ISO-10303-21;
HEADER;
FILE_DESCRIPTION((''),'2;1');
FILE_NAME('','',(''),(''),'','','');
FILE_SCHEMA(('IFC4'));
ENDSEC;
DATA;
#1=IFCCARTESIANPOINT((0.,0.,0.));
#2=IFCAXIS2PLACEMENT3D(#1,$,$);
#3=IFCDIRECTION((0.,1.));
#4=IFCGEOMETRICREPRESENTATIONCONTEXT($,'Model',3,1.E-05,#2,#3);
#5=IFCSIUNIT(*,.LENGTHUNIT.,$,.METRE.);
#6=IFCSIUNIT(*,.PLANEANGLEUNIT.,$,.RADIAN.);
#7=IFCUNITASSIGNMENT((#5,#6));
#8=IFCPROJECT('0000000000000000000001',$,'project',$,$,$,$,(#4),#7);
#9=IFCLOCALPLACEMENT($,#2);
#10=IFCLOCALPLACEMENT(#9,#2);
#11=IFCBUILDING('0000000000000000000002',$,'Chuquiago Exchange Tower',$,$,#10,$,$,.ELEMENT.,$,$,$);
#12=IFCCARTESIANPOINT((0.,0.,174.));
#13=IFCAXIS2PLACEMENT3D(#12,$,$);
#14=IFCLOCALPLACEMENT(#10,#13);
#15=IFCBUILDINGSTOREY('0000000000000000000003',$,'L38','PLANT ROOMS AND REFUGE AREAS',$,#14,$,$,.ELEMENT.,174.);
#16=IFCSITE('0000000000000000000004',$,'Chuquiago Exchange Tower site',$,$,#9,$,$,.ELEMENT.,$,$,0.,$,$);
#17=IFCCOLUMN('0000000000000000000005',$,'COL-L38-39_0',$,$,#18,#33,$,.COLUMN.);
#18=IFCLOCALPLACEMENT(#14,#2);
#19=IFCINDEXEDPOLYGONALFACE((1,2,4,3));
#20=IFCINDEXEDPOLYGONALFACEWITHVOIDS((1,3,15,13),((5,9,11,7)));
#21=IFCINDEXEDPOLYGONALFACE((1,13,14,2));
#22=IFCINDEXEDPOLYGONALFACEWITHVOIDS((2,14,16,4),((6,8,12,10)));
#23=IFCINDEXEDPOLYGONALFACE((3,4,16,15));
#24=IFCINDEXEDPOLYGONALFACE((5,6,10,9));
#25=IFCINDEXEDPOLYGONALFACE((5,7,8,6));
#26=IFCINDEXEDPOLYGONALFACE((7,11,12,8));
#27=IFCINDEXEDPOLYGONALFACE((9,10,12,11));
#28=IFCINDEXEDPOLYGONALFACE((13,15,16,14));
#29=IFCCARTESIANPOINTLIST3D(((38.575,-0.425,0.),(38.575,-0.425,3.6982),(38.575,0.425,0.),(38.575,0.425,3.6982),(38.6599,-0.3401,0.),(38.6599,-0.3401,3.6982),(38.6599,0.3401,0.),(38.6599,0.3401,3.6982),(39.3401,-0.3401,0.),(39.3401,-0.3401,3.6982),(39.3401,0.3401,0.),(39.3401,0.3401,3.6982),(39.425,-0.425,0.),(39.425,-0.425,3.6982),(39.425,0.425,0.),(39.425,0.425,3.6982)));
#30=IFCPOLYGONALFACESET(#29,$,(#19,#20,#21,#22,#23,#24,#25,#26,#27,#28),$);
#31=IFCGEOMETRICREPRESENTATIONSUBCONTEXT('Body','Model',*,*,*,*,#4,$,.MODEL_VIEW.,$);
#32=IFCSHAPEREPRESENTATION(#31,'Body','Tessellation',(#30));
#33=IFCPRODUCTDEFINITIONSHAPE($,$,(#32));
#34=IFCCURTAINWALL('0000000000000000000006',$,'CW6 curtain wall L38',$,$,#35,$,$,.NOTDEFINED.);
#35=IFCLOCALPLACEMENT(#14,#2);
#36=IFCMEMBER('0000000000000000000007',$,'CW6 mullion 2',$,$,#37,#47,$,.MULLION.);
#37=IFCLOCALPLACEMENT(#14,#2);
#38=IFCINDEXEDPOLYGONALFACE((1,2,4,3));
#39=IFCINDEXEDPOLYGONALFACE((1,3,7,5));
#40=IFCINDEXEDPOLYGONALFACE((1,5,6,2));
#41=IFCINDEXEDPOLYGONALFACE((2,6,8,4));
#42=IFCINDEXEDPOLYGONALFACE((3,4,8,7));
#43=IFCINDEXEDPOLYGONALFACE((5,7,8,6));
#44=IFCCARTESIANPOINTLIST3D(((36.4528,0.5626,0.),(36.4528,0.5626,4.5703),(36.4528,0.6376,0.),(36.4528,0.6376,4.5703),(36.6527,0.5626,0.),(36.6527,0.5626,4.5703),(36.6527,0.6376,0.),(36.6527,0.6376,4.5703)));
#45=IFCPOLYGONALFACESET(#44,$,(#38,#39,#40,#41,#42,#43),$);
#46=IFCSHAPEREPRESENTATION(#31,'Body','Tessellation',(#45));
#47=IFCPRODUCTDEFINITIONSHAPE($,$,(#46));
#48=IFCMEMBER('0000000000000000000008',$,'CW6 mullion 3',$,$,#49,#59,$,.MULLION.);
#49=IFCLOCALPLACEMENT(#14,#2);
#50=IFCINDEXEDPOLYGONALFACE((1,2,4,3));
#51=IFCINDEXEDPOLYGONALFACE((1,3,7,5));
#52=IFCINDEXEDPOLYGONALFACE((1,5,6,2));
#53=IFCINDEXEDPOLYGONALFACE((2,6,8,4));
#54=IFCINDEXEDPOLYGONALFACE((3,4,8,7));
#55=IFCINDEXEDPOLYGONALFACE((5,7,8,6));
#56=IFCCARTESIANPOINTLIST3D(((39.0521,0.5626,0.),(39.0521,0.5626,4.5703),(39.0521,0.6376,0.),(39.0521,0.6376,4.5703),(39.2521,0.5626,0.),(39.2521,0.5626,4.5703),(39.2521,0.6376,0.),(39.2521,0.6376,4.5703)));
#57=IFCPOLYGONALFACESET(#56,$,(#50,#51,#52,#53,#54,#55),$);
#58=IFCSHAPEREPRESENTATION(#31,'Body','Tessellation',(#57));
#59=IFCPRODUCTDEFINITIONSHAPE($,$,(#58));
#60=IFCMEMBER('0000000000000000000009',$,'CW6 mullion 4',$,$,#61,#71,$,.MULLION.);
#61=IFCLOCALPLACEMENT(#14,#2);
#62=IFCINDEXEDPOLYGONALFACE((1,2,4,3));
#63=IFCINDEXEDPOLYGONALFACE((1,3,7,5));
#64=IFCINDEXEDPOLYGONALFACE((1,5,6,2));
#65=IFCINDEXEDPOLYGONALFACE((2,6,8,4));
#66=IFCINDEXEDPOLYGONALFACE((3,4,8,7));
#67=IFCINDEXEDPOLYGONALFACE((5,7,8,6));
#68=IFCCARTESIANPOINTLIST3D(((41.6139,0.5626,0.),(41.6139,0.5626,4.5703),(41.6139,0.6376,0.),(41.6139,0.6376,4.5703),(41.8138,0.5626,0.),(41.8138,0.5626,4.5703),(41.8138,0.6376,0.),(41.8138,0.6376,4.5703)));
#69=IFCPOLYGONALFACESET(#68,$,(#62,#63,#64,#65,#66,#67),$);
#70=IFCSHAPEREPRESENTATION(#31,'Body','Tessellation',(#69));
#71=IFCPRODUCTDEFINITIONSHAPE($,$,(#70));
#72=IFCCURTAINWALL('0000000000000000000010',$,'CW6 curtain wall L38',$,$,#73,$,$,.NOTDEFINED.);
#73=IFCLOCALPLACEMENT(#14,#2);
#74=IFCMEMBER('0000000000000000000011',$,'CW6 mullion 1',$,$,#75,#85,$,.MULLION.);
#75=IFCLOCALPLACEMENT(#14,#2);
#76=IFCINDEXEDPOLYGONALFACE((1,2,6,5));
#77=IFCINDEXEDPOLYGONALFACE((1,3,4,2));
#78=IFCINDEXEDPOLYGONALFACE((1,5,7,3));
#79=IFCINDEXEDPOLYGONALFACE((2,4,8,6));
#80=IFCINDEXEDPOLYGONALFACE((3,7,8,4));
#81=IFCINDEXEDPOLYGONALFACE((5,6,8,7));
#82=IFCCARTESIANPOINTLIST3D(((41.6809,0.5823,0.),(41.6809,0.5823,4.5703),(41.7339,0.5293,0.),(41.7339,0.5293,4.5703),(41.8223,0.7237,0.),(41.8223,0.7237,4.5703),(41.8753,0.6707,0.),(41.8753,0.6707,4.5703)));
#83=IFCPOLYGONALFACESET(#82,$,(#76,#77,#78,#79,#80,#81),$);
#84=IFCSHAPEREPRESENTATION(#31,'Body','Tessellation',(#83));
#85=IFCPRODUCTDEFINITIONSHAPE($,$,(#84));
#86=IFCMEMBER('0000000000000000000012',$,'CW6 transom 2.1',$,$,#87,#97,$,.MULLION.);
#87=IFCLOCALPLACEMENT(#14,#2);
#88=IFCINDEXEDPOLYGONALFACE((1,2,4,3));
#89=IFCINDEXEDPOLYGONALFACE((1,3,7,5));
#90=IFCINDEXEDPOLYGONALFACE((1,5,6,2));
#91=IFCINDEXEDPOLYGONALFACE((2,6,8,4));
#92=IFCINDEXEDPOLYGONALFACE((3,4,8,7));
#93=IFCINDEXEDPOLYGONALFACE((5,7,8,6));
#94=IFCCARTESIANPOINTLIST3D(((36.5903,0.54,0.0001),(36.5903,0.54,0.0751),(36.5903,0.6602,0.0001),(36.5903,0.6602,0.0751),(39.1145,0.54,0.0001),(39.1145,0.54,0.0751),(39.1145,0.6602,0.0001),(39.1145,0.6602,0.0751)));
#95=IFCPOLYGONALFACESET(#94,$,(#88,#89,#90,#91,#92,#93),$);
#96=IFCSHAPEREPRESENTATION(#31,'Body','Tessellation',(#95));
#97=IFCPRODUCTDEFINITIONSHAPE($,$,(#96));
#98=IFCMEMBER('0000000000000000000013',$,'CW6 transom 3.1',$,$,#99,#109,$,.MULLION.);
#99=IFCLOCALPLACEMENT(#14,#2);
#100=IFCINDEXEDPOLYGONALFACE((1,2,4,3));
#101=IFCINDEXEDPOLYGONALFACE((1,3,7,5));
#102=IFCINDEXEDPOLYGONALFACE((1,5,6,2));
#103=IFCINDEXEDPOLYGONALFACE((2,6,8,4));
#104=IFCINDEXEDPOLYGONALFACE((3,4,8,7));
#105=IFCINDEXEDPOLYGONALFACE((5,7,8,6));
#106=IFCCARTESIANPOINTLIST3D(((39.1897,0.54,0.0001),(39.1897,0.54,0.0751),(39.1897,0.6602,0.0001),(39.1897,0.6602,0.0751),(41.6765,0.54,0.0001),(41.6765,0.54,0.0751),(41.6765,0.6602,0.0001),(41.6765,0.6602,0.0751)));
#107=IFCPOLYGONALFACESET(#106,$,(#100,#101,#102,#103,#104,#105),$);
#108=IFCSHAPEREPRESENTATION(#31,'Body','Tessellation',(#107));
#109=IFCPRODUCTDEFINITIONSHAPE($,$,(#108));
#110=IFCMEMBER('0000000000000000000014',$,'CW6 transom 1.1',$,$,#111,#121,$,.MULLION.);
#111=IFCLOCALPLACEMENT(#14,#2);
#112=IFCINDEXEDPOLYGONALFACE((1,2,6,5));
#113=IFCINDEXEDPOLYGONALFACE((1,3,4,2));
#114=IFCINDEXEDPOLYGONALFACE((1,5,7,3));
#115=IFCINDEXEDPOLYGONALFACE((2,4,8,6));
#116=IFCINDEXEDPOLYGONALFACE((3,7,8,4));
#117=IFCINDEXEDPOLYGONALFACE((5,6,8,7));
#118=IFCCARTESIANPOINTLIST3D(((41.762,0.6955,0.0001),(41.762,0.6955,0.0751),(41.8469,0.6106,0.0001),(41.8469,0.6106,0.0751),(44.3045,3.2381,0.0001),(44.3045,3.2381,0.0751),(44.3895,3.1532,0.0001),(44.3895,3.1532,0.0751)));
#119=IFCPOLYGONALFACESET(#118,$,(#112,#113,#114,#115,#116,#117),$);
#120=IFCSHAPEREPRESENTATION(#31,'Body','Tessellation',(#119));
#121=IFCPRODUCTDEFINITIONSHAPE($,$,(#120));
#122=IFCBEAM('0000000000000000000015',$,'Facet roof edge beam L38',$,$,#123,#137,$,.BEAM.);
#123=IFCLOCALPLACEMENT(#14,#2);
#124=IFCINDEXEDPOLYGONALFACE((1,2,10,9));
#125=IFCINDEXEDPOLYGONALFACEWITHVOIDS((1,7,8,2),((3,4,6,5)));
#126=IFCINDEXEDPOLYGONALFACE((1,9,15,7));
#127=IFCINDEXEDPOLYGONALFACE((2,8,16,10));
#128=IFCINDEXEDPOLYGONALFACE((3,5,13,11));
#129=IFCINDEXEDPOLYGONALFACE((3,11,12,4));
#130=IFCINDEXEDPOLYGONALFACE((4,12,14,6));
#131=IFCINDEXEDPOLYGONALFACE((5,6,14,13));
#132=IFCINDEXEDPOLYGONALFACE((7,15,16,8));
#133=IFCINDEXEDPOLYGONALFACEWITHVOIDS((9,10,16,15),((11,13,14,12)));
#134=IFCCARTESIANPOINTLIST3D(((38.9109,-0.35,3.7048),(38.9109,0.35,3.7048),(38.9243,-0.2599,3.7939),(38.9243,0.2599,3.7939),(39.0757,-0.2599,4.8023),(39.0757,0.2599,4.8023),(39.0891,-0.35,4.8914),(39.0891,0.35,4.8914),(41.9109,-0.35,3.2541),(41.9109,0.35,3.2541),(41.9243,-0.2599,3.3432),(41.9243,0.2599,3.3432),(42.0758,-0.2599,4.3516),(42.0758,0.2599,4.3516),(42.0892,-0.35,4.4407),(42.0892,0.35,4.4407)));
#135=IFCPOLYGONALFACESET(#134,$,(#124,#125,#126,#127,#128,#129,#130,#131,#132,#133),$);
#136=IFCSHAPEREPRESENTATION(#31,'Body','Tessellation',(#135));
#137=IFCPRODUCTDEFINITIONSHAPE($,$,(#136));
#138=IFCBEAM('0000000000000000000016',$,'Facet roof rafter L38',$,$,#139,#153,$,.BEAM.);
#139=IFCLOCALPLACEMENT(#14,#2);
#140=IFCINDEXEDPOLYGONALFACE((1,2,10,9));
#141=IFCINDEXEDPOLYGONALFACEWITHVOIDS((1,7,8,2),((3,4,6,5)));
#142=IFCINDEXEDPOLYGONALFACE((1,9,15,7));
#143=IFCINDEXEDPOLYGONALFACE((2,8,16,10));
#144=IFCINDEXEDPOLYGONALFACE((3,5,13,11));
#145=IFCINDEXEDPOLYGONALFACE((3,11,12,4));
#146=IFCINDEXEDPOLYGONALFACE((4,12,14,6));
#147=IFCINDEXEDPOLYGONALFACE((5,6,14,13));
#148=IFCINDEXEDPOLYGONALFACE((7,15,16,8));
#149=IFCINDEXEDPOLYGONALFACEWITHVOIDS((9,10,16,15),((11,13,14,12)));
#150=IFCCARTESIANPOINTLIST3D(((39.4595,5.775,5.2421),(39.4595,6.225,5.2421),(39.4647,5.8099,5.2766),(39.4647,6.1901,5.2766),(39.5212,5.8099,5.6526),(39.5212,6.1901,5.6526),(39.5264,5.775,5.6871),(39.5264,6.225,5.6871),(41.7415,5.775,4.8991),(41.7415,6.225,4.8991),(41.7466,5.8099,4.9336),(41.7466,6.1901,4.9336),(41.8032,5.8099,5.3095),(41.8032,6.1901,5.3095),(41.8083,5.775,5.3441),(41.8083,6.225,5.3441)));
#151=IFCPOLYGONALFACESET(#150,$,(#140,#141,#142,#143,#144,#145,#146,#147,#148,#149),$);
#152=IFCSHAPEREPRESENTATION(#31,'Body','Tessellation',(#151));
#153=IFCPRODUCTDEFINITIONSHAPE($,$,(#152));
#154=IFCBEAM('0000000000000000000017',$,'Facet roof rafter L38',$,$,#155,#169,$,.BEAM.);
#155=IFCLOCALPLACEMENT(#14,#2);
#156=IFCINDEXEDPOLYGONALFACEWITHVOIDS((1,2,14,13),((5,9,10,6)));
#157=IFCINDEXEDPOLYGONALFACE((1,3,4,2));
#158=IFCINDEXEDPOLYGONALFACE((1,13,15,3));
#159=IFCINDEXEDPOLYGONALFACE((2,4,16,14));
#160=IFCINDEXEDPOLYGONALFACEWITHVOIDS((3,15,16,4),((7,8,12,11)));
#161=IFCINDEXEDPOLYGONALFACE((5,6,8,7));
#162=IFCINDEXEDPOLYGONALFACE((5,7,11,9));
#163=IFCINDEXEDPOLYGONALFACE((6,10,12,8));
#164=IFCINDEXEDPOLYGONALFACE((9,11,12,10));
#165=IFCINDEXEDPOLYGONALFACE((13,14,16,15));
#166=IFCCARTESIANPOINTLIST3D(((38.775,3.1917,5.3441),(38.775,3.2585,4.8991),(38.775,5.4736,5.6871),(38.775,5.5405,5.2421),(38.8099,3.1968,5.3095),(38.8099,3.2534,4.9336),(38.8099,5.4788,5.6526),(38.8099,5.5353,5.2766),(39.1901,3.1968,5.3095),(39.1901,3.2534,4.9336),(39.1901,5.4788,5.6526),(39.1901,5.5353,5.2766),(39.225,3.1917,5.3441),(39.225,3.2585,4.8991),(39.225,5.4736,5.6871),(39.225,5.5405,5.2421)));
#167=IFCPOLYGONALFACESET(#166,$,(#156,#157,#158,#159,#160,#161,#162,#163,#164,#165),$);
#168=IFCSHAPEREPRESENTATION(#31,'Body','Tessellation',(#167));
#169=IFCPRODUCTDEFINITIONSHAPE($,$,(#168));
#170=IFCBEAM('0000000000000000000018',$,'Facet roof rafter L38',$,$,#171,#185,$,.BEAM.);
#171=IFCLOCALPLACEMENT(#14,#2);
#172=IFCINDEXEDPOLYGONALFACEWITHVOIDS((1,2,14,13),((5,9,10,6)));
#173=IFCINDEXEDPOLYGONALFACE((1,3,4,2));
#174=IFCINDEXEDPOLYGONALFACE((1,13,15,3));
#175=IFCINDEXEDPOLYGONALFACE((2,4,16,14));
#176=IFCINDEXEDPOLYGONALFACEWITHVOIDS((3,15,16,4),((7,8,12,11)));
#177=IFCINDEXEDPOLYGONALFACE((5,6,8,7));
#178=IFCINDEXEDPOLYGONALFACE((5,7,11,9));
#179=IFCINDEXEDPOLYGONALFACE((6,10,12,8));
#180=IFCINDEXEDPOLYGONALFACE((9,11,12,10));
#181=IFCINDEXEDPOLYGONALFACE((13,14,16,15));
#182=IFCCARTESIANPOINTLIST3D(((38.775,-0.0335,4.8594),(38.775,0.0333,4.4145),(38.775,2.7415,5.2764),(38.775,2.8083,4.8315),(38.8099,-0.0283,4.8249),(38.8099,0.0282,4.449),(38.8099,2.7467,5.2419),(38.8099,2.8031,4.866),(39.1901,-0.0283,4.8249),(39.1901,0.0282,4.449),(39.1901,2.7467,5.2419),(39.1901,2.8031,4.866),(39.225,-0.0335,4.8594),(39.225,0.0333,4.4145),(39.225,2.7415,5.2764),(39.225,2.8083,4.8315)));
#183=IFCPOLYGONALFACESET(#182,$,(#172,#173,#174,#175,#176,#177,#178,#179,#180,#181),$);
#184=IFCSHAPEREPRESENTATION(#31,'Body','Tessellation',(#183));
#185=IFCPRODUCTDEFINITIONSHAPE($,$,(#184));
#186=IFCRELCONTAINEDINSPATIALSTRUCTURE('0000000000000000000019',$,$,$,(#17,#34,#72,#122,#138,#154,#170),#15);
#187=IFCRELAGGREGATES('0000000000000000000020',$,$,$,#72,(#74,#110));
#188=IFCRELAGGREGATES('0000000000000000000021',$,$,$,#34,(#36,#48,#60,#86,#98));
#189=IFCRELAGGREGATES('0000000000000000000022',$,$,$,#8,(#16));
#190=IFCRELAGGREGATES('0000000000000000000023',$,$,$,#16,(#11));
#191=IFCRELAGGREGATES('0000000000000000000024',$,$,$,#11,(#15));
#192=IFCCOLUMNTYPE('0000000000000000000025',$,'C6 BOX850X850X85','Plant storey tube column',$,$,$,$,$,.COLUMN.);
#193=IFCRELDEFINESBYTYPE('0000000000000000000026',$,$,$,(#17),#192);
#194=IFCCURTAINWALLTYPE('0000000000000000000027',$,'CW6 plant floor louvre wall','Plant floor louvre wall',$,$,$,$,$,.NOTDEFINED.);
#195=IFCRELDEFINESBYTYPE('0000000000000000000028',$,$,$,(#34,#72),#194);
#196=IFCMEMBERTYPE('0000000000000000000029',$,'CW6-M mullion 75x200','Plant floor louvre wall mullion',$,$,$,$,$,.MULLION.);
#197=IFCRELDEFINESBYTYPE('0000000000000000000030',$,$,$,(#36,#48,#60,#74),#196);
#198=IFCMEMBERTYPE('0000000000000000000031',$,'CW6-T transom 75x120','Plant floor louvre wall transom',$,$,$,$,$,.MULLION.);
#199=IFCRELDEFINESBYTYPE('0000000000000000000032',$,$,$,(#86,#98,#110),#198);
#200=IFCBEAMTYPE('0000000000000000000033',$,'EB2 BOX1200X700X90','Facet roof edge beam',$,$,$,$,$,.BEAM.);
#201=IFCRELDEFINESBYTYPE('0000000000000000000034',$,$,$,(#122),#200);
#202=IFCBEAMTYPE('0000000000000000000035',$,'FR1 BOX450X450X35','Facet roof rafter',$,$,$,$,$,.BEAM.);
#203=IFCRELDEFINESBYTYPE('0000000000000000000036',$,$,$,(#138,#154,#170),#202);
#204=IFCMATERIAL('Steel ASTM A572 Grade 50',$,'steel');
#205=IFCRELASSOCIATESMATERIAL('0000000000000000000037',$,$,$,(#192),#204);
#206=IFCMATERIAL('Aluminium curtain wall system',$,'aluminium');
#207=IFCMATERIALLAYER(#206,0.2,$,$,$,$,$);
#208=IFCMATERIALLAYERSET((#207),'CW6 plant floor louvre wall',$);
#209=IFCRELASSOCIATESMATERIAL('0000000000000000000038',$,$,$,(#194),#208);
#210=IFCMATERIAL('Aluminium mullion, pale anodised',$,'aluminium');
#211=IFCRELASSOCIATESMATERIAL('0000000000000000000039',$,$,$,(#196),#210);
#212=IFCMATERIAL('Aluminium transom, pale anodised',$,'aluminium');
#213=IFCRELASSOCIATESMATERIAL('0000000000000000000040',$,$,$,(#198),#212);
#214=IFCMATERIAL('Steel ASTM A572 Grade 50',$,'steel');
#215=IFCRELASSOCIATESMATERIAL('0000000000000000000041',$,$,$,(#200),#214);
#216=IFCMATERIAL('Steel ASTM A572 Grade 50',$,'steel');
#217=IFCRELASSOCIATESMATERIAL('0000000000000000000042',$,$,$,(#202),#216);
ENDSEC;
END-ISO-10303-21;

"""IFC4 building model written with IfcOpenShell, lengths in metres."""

from ifc_helpers import new_model, si_unit, direction, frame, origin, origin_2d, place, context, subcontext, project, spatial, rectangle, hollow_rectangle, extrude, material, layer, layer_set, material_profile, profile_set, type_object, element, aggregate, save


model = new_model("IFC4")

# Units and contexts
model_context = context("Model", 3, precision=1e-05, world=origin(), true_north=direction((0.0, 1.0)))
body_context = subcontext(model_context, "Body", "Model", "MODEL_VIEW")
ifc_project = project(units=[si_unit("LENGTHUNIT", "METRE"), si_unit("PLANEANGLEUNIT", "RADIAN")], contexts=[model_context])

# Site, building, storey
site_placement = place(None, origin())
site = spatial("IfcSite", under=ifc_project, at=site_placement, Name="Chuquiago Exchange Tower site", CompositionType="ELEMENT", RefElevation=0.0)
building_placement = place(site_placement, origin())
building = spatial("IfcBuilding", under=site, at=building_placement, Name="Chuquiago Exchange Tower", CompositionType="ELEMENT")
storey_placement = place(building_placement, frame((0.0, 0.0, 174.0)))
storey = spatial("IfcBuildingStorey", under=building, at=storey_placement, Name="L38", Description="PLANT ROOMS AND REFUGE AREAS", CompositionType="ELEMENT", Elevation=174.0)

# Column
ifc_material_1 = material(Name="Steel ASTM A572 Grade 50", Category="steel")
ifc_material_profile_1 = material_profile(ifc_material_1, hollow_rectangle(XDim=0.8501, YDim=0.8501, WallThickness=0.085, at=origin_2d()), Name="BOX850X850X85")
ifc_profile_set_1 = profile_set([ifc_material_profile_1], Name="Steel ASTM A572 Grade 50")
column_type = type_object("IfcColumnType", Name="C6 BOX850X850X85", Description="Plant storey tube column", PredefinedType="COLUMN", material=ifc_profile_set_1)
column_placement = place(storey_placement, frame((39.0, 0.0, 0.0), z_axis=(0.0, 0.0, 1.0), x_axis=(0.0, -1.0, 0.0)))
element("IfcColumn", 1, at=column_placement, inside=storey, type_object=column_type, Name="COL-L38-39_0", PredefinedType="COLUMN", context=body_context, shape_type="SweptSolid", body=[
    extrude(hollow_rectangle(XDim=0.8501, YDim=0.8501, WallThickness=0.085, at=origin_2d()), origin(), (0.0, 0.0, 1.0), 3.6982),
])

# Curtain wall, members
ifc_material_2 = material(Name="Aluminium curtain wall system", Category="aluminium")
ifc_layer_1 = layer(ifc_material_2, 0.2)
ifc_layer_set_1 = layer_set([ifc_layer_1], Name="CW6 plant floor louvre wall")
curtain_wall_type = type_object("IfcCurtainWallType", Name="CW6 plant floor louvre wall", Description="Plant floor louvre wall", PredefinedType="NOTDEFINED", material=ifc_layer_set_1)
curtain_wall_1_placement = place(storey_placement, origin())
curtain_wall_1 = element("IfcCurtainWall", 2, at=curtain_wall_1_placement, inside=storey, type_object=curtain_wall_type, Name="CW6 curtain wall L38", PredefinedType="NOTDEFINED")
ifc_material_3 = material(Name="Aluminium mullion, pale anodised", Category="aluminium")
ifc_material_profile_2 = material_profile(ifc_material_3, rectangle(XDim=0.075, YDim=0.2, at=origin_2d()), Name="AL 75x200")
ifc_profile_set_2 = profile_set([ifc_material_profile_2], Name="Aluminium mullion, pale anodised")
member_type_1 = type_object("IfcMemberType", Name="CW6-M mullion 75x200", Description="Plant floor louvre wall mullion", PredefinedType="MULLION", material=ifc_profile_set_2)
member_1_placement = place(storey_placement, frame((36.5527, 0.6001, 0.0), z_axis=(0.0, 0.0, 1.0), x_axis=(0.0, 1.0, 0.0)))
member_1 = element("IfcMember", 3, at=member_1_placement, type_object=member_type_1, Name="CW6 mullion 2", PredefinedType="MULLION", context=body_context, shape_type="SweptSolid", body=[
    extrude(rectangle(XDim=0.075, YDim=0.2, at=origin_2d()), origin(), (0.0, 0.0, 1.0), 4.5703),
])
member_2_placement = place(storey_placement, frame((39.1521, 0.6001, 0.0), z_axis=(0.0, 0.0, 1.0), x_axis=(0.0, 1.0, 0.0)))
member_2 = element("IfcMember", 4, at=member_2_placement, type_object=member_type_1, Name="CW6 mullion 3", PredefinedType="MULLION", context=body_context, shape_type="SweptSolid", body=[
    extrude(rectangle(XDim=0.075, YDim=0.2, at=origin_2d()), origin(), (0.0, 0.0, 1.0), 4.5703),
])
member_3_placement = place(storey_placement, frame((41.7139, 0.6001, 0.0), z_axis=(0.0, 0.0, 1.0), x_axis=(0.0, 1.0, 0.0)))
member_3 = element("IfcMember", 5, at=member_3_placement, type_object=member_type_1, Name="CW6 mullion 4", PredefinedType="MULLION", context=body_context, shape_type="SweptSolid", body=[
    extrude(rectangle(XDim=0.075, YDim=0.2, at=origin_2d()), origin(), (0.0, 0.0, 1.0), 4.5703),
])

# Curtain wall, member
curtain_wall_2_placement = place(storey_placement, origin())
curtain_wall_2 = element("IfcCurtainWall", 6, at=curtain_wall_2_placement, inside=storey, type_object=curtain_wall_type, Name="CW6 curtain wall L38", PredefinedType="NOTDEFINED")
member_4_placement = place(storey_placement, frame((41.7781, 0.6265, 0.0), z_axis=(0.0, 0.0, 1.0), x_axis=(-0.707107, 0.707107, 0.0)))
member_4 = element("IfcMember", 7, at=member_4_placement, type_object=member_type_1, Name="CW6 mullion 1", PredefinedType="MULLION", context=body_context, shape_type="SweptSolid", body=[
    extrude(rectangle(XDim=0.075, YDim=0.2, at=origin_2d()), origin(), (0.0, 0.0, 1.0), 4.5703),
])

# Members
ifc_material_4 = material(Name="Aluminium transom, pale anodised", Category="aluminium")
ifc_material_profile_3 = material_profile(ifc_material_4, rectangle(XDim=0.1201, YDim=0.075, at=origin_2d()), Name="AL 120x75")
ifc_profile_set_3 = profile_set([ifc_material_profile_3], Name="Aluminium transom, pale anodised")
member_type_2 = type_object("IfcMemberType", Name="CW6-T transom 75x120", Description="Plant floor louvre wall transom", PredefinedType="MULLION", material=ifc_profile_set_3)
member_5_placement = place(storey_placement, frame((36.5903, 0.6001, 0.0376), z_axis=(1.0, 0.0, 0.0), x_axis=(0.0, 1.0, 0.0)))
member_5 = element("IfcMember", 8, at=member_5_placement, type_object=member_type_2, Name="CW6 transom 2.1", PredefinedType="MULLION", context=body_context, shape_type="SweptSolid", body=[
    extrude(rectangle(XDim=0.1201, YDim=0.075, at=origin_2d()), origin(), (0.0, 0.0, 1.0), 2.5242),
])
member_6_placement = place(storey_placement, frame((39.1897, 0.6001, 0.0376), z_axis=(1.0, 0.0, 0.0), x_axis=(0.0, 1.0, 0.0)))
member_6 = element("IfcMember", 9, at=member_6_placement, type_object=member_type_2, Name="CW6 transom 3.1", PredefinedType="MULLION", context=body_context, shape_type="SweptSolid", body=[
    extrude(rectangle(XDim=0.1201, YDim=0.075, at=origin_2d()), origin(), (0.0, 0.0, 1.0), 2.4868),
])
member_7_placement = place(storey_placement, frame((41.8044, 0.6531, 0.0376), z_axis=(0.707107, 0.707107, 0.0), x_axis=(-0.707107, 0.707107, 0.0)))
member_7 = element("IfcMember", 10, at=member_7_placement, type_object=member_type_2, Name="CW6 transom 1.1", PredefinedType="MULLION", context=body_context, shape_type="SweptSolid", body=[
    extrude(rectangle(XDim=0.1201, YDim=0.075, at=origin_2d()), origin(), (0.0, 0.0, 1.0), 3.5957),
])
aggregate(curtain_wall_2, [member_4, member_7])

# Beams
ifc_material_5 = material(Name="Steel ASTM A572 Grade 50", Category="steel")
ifc_material_profile_4 = material_profile(ifc_material_5, hollow_rectangle(XDim=0.7, YDim=1.2, WallThickness=0.0901, at=origin_2d()), Name="BOX1200X700X90")
ifc_profile_set_4 = profile_set([ifc_material_profile_4], Name="Steel ASTM A572 Grade 50")
beam_type_1 = type_object("IfcBeamType", Name="EB2 BOX1200X700X90", Description="Facet roof edge beam", PredefinedType="BEAM", material=ifc_profile_set_4)
beam_1_placement = place(storey_placement, frame((39.0, 0.0, 4.2981), z_axis=(0.988903, 0.0, -0.148561), x_axis=(0.0, 1.0, 0.0)))
element("IfcBeam", 11, at=beam_1_placement, inside=storey, type_object=beam_type_1, Name="Facet roof edge beam L38", PredefinedType="BEAM", context=body_context, shape_type="SweptSolid", body=[
    extrude(hollow_rectangle(XDim=0.7, YDim=1.2, WallThickness=0.0901, at=origin_2d()), origin(), (0.0, 0.0, 1.0), 3.0337),
])
ifc_material_6 = material(Name="Steel ASTM A572 Grade 50", Category="steel")
ifc_material_profile_5 = material_profile(ifc_material_6, hollow_rectangle(XDim=0.45, YDim=0.45, WallThickness=0.0349, at=origin_2d()), Name="BOX450X450X35")
ifc_profile_set_5 = profile_set([ifc_material_profile_5], Name="Steel ASTM A572 Grade 50")
beam_type_2 = type_object("IfcBeamType", Name="FR1 BOX450X450X35", Description="Facet roof rafter", PredefinedType="BEAM", material=ifc_profile_set_5)
for number, where, z_axis, x_axis, name in (
    (12, (39.4929, 6.0, 5.4646), (0.988891, 0.0, -0.148646), (0.0, 1.0, 0.0), "Facet roof rafter L38"),
    (13, (39.0, 5.5071, 5.4646), (0.0, -0.988891, -0.148646), (1.0, 0.0, 0.0), "Facet roof rafter L38"),
):
    element("IfcBeam", number, at=place(storey_placement, frame(where, z_axis=z_axis, x_axis=x_axis)), inside=storey, type_object=beam_type_2, Name=name, PredefinedType="BEAM", context=body_context, shape_type="SweptSolid", body=[
        extrude(hollow_rectangle(XDim=0.45, YDim=0.45, WallThickness=0.0349, at=origin_2d()), origin(), (0.0, 0.0, 1.0), 2.3076),
    ])
beam_2_placement = place(storey_placement, frame((39.0, 2.7749, 5.054), z_axis=(0.0, -0.988897, -0.148604), x_axis=(1.0, 0.0, 0.0)))
element("IfcBeam", 14, at=beam_2_placement, inside=storey, type_object=beam_type_2, Name="Facet roof rafter L38", PredefinedType="BEAM", context=body_context, shape_type="SweptSolid", body=[
    extrude(hollow_rectangle(XDim=0.45, YDim=0.45, WallThickness=0.0349, at=origin_2d()), origin(), (0.0, 0.0, 1.0), 2.8062),
])

aggregate(curtain_wall_1, [member_1, member_2, member_3, member_5, member_6])

save(model, "model.ifc")
